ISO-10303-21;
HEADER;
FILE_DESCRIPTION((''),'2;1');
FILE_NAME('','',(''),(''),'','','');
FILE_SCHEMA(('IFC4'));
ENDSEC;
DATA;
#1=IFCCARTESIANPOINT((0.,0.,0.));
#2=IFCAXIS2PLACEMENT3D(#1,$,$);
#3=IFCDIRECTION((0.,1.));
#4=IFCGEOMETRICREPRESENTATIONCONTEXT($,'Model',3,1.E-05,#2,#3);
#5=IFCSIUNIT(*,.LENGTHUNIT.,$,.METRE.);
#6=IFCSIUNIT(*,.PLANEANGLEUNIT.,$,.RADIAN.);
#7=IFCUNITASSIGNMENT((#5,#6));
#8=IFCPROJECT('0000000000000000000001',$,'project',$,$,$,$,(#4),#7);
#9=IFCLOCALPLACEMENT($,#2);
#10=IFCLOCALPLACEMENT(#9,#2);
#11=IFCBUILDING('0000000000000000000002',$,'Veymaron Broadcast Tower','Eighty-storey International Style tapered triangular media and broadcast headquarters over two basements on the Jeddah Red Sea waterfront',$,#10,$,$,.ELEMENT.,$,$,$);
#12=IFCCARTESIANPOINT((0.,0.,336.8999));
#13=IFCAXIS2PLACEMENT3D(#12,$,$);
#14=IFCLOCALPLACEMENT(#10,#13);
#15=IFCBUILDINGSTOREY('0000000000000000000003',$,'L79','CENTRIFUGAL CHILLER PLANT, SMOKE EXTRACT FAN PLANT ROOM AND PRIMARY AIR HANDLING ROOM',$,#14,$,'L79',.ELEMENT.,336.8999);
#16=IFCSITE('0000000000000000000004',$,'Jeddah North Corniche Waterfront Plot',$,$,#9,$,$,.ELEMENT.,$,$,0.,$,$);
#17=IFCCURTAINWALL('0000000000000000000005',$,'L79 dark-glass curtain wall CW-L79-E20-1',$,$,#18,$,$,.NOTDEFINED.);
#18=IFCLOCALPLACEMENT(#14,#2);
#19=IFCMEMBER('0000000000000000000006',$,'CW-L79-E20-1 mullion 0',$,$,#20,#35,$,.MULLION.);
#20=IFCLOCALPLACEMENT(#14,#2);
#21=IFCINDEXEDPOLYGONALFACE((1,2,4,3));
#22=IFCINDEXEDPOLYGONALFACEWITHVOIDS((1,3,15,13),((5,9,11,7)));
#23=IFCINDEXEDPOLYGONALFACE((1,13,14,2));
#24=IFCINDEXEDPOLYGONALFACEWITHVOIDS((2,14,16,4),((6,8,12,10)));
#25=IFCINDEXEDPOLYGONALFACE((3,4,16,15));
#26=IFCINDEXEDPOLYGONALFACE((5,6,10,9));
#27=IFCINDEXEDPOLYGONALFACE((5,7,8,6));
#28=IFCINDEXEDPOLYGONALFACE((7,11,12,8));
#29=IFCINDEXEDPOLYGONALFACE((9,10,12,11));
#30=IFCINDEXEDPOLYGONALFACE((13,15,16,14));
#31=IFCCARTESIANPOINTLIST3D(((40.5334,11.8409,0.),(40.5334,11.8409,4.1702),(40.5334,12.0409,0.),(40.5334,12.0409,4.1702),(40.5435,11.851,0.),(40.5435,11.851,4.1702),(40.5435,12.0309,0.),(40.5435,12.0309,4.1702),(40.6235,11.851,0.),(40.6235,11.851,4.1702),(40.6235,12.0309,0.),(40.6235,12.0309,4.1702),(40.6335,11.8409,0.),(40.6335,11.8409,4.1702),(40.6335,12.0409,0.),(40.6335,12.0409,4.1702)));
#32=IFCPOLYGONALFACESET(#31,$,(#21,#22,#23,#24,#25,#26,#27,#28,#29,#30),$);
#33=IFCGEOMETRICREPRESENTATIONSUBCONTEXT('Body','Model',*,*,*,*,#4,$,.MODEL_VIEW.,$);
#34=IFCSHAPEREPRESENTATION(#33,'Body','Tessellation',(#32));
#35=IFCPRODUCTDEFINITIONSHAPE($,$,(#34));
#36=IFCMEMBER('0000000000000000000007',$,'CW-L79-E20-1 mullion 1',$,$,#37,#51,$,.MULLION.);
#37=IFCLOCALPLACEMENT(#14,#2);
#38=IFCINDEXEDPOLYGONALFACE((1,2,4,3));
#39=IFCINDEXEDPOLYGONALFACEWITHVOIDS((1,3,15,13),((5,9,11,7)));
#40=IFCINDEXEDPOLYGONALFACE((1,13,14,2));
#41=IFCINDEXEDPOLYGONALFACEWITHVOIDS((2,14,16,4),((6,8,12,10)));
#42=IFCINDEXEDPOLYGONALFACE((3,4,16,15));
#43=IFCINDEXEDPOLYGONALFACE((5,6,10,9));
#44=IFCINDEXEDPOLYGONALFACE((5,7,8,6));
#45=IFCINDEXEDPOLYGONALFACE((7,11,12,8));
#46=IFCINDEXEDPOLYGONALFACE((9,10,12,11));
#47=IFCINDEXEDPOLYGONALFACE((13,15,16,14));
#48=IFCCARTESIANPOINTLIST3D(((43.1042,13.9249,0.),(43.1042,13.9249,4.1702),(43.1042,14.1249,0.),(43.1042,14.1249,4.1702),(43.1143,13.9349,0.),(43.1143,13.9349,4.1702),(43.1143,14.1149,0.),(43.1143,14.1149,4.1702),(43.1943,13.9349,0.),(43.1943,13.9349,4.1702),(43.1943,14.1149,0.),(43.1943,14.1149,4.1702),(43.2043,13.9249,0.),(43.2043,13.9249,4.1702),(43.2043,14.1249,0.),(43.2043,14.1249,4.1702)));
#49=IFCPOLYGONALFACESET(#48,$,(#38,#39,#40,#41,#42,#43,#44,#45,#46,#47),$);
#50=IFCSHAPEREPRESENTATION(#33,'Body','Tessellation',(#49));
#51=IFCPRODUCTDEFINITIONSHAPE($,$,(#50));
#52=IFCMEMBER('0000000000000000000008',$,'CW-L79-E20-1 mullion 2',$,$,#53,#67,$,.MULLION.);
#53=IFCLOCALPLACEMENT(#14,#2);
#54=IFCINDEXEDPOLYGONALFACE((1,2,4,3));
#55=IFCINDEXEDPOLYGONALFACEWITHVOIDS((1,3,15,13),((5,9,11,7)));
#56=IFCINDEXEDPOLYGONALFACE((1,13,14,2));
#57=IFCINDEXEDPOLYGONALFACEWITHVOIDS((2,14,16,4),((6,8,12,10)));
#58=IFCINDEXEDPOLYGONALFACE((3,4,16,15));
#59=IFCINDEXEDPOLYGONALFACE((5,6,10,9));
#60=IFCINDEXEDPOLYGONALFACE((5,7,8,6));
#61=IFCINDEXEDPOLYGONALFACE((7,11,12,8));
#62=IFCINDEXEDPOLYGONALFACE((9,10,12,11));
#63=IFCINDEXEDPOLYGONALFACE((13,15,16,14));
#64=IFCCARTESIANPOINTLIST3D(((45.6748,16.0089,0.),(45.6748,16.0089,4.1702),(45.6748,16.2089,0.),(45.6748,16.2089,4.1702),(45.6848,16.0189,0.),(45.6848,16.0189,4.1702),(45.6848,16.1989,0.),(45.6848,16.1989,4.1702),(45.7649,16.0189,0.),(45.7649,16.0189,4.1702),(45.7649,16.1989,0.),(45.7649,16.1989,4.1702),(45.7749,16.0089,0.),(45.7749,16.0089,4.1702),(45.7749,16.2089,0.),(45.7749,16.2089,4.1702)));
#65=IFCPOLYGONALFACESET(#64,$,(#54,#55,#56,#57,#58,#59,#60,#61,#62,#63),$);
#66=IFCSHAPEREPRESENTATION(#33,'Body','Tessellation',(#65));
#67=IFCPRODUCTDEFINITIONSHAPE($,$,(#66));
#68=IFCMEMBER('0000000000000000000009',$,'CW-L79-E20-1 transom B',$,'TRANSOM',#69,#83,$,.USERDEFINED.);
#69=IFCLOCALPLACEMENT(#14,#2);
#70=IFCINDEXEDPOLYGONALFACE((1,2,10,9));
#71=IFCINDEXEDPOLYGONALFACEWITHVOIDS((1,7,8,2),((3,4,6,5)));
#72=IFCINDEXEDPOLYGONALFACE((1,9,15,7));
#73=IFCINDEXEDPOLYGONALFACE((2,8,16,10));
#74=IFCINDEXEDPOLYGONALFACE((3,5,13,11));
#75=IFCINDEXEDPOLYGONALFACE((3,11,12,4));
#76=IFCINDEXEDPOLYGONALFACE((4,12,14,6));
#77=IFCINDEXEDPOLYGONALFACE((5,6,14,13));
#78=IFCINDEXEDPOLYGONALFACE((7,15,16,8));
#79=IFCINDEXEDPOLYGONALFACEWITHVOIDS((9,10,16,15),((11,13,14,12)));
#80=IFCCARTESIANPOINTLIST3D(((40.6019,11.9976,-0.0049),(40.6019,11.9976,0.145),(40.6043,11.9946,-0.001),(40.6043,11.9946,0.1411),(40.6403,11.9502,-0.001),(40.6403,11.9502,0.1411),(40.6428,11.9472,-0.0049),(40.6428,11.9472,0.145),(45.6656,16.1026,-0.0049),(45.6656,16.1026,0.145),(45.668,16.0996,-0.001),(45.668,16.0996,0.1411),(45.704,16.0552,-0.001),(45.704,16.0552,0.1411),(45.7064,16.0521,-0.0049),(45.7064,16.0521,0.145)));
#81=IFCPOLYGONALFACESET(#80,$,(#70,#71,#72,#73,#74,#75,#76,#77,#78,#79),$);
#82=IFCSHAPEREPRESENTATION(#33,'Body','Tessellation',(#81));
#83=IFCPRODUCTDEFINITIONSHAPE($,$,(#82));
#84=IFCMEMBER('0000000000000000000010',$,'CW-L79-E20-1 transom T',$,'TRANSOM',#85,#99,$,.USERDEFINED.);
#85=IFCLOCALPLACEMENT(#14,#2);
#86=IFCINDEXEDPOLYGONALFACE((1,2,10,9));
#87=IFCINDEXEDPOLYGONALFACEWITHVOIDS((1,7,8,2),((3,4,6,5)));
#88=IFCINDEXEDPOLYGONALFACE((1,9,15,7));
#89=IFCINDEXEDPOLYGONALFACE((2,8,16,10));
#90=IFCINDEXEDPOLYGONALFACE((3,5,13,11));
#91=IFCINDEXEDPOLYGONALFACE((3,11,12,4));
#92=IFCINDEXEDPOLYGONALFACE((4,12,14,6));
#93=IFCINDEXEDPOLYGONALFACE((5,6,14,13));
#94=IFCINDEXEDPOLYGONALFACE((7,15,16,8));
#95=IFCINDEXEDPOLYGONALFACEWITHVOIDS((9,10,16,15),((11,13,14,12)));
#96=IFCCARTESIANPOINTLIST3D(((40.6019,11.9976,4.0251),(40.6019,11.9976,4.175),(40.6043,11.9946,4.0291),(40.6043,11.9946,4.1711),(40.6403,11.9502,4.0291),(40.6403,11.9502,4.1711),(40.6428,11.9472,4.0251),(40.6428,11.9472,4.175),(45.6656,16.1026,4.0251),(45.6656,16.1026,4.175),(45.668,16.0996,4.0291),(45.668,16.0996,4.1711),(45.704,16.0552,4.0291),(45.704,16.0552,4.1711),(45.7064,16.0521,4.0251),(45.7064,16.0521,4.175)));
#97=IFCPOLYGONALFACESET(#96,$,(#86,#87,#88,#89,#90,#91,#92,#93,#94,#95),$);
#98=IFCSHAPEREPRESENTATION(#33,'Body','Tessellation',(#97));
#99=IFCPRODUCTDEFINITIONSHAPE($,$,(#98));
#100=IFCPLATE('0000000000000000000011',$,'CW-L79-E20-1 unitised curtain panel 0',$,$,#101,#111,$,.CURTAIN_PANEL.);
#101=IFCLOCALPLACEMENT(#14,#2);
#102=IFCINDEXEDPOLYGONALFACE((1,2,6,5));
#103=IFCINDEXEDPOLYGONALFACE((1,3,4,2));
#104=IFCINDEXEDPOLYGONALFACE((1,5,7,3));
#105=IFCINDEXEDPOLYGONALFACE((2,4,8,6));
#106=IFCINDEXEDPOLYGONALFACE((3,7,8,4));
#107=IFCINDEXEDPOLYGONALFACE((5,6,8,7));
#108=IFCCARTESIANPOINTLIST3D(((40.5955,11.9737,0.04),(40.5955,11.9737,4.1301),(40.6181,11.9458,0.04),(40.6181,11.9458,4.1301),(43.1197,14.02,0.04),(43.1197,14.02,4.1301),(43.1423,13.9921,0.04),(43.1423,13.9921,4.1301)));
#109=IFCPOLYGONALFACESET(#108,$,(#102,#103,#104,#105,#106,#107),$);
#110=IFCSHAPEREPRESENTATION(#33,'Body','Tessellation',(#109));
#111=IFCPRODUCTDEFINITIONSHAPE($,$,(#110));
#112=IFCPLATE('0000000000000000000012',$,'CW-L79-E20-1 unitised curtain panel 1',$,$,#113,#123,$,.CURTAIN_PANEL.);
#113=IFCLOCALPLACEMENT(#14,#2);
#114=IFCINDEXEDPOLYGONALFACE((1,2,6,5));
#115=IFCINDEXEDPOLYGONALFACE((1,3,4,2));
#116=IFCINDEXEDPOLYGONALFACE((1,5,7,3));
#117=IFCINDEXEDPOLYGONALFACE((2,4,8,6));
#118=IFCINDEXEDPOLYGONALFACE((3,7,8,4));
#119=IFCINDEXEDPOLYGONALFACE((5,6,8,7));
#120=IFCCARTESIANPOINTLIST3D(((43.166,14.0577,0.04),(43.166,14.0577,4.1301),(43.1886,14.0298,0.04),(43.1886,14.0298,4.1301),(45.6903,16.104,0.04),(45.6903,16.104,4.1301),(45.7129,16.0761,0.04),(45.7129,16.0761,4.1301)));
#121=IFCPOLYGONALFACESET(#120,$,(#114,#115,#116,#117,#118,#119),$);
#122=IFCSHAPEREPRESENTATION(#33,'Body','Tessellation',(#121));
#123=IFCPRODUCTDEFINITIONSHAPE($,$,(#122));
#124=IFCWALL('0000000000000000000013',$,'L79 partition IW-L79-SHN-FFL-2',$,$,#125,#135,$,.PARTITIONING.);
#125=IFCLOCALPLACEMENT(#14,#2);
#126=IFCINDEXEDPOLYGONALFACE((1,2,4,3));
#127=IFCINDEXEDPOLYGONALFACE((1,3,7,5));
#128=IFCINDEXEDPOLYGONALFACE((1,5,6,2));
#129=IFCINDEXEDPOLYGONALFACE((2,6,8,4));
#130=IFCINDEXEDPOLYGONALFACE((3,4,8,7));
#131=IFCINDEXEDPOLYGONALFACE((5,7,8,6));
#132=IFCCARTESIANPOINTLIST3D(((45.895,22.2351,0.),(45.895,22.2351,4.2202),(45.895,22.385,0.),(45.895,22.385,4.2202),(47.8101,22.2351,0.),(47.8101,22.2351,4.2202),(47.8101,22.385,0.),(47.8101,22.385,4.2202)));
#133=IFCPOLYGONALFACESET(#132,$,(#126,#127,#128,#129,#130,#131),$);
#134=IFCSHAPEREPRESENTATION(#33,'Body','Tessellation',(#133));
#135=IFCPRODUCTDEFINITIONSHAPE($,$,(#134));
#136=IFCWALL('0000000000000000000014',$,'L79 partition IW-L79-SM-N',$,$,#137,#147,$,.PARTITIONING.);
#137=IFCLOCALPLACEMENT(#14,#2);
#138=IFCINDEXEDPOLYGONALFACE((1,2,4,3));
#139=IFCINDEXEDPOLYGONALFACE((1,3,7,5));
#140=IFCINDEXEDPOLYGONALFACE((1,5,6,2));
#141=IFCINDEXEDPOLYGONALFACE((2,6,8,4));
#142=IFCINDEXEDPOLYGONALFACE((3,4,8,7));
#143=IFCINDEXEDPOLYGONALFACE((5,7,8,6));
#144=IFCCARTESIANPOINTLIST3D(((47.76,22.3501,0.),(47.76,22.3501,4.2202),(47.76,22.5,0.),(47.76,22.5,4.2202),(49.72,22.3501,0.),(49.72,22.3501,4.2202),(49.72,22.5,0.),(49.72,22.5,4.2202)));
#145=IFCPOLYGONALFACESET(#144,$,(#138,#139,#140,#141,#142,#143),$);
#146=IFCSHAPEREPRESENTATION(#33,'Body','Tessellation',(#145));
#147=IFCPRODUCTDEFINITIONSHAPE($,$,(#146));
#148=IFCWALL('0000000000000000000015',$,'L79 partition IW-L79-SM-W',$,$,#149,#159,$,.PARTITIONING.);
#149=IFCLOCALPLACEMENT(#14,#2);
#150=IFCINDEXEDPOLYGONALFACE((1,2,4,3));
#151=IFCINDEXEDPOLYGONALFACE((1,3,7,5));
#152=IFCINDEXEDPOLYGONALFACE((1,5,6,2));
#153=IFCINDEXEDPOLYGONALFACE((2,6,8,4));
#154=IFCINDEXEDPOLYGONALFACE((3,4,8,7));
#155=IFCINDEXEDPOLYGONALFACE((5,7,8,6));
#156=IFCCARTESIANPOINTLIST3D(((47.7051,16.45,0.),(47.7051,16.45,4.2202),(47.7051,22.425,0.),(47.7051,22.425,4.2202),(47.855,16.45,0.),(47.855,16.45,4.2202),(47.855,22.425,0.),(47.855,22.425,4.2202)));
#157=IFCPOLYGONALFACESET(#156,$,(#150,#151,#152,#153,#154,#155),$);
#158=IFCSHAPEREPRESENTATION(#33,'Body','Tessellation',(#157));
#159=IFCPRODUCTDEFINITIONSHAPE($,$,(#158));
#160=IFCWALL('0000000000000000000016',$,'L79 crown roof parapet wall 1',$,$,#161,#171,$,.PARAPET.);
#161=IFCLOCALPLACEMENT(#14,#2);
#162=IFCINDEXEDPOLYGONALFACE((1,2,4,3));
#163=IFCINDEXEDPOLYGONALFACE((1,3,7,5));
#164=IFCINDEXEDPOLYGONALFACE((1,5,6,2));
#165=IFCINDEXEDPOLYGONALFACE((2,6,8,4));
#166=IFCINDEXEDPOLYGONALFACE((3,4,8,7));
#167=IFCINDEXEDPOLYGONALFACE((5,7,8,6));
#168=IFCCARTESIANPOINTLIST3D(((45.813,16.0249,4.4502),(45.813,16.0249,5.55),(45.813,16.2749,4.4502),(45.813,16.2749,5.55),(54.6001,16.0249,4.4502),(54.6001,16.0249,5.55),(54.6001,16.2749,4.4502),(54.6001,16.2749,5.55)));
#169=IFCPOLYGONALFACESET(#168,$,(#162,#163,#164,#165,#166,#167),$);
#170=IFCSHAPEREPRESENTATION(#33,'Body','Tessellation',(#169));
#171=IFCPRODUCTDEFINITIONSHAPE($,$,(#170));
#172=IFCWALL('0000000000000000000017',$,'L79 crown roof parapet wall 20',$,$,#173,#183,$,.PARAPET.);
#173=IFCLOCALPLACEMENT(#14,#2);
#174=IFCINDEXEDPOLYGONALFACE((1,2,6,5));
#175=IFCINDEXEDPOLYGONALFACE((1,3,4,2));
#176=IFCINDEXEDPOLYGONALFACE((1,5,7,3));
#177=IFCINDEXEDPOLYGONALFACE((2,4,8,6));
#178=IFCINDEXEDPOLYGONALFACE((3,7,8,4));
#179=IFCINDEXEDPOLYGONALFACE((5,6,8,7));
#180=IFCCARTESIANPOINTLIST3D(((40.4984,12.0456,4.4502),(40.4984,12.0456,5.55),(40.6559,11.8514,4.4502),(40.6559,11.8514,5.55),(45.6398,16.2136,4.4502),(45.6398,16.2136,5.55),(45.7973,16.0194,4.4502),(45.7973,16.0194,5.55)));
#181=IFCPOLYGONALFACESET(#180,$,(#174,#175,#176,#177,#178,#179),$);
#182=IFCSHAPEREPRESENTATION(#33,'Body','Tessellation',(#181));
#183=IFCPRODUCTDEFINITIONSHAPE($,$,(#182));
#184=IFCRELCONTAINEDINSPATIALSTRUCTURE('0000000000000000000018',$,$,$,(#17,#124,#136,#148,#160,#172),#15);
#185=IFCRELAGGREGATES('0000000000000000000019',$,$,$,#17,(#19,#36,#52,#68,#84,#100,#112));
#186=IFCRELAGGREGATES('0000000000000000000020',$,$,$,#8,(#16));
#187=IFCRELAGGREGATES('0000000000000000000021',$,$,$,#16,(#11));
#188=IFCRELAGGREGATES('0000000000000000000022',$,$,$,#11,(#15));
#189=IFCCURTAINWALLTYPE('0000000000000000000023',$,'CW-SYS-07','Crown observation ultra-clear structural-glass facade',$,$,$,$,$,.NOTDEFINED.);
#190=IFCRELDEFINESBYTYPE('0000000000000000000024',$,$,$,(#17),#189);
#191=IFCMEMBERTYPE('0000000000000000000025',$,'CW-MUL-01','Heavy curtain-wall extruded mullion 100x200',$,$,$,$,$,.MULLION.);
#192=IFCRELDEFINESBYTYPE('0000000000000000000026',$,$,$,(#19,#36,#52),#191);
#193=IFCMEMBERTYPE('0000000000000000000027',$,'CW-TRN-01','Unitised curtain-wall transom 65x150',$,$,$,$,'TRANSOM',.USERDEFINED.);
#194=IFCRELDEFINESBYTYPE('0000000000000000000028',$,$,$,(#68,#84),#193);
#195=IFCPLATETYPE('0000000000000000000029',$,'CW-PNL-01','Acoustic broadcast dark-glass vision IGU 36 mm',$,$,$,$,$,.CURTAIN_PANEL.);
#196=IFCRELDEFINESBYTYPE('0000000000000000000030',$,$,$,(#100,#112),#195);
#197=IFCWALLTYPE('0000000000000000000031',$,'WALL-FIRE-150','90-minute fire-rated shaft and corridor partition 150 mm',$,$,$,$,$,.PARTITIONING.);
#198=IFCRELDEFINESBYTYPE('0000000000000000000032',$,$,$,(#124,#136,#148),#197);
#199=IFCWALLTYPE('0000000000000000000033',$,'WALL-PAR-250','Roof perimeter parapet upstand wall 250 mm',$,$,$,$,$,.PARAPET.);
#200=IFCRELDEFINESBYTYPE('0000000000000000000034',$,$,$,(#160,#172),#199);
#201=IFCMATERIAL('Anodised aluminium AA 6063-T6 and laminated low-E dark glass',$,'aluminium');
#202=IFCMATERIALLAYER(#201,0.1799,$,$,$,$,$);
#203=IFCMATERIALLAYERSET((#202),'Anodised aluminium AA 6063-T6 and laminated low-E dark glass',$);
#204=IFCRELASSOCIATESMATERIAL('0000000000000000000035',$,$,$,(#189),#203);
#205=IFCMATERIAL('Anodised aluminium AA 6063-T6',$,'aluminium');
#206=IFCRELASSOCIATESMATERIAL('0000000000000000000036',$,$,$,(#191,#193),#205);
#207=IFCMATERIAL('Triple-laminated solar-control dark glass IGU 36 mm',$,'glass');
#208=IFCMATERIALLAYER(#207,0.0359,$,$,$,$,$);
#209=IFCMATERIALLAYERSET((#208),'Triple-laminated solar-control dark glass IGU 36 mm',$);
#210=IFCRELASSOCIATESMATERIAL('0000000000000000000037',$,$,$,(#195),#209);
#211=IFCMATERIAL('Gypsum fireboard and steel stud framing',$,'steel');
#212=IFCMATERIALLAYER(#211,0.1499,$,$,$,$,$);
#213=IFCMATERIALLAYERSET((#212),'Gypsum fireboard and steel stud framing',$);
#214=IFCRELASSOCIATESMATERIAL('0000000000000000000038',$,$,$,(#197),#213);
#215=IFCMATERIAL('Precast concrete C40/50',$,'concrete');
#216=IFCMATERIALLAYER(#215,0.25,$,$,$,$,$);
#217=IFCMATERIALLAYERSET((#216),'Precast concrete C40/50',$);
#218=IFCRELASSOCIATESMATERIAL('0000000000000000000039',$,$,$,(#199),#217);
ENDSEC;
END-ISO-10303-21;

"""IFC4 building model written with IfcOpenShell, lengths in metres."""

from ifc_helpers import new_model, si_unit, direction, frame, frame_2d, origin, origin_2d, place, context, subcontext, project, spatial, rectangle, hollow_rectangle, extrude, material, layer, layer_set, material_profile, profile_set, type_object, element, aggregate, save


model = new_model("IFC4")

# Units and contexts
model_context = context("Model", 3, precision=1e-05, world=origin(), true_north=direction((0.0, 1.0)))
body_context = subcontext(model_context, "Body", "Model", "MODEL_VIEW")
ifc_project = project(units=[si_unit("LENGTHUNIT", "METRE"), si_unit("PLANEANGLEUNIT", "RADIAN")], contexts=[model_context])

# Site, building, storey
site_placement = place(None, origin())
site = spatial("IfcSite", under=ifc_project, at=site_placement, Name="Jeddah North Corniche Waterfront Plot", CompositionType="ELEMENT", RefElevation=0.0)
building_placement = place(site_placement, origin())
building = spatial("IfcBuilding", under=site, at=building_placement, Name="Veymaron Broadcast Tower", Description="Eighty-storey International Style tapered triangular media and broadcast headquarters over two basements on the Jeddah Red Sea waterfront", CompositionType="ELEMENT")
storey_placement = place(building_placement, frame((0.0, 0.0, 336.8999)))
storey = spatial("IfcBuildingStorey", under=building, at=storey_placement, Name="L79", Description="CENTRIFUGAL CHILLER PLANT, SMOKE EXTRACT FAN PLANT ROOM AND PRIMARY AIR HANDLING ROOM", LongName="L79", CompositionType="ELEMENT", Elevation=336.8999)

# Curtain wall, members, plates
ifc_material_1 = material(Name="Anodised aluminium AA 6063-T6 and laminated low-E dark glass", Category="aluminium")
ifc_layer_1 = layer(ifc_material_1, 0.1799)
ifc_layer_set_1 = layer_set([ifc_layer_1], Name="Anodised aluminium AA 6063-T6 and laminated low-E dark glass")
curtain_wall_type = type_object("IfcCurtainWallType", Name="CW-SYS-07", Description="Crown observation ultra-clear structural-glass facade", PredefinedType="NOTDEFINED", material=ifc_layer_set_1)
curtain_wall_placement = place(storey_placement, origin())
curtain_wall = element("IfcCurtainWall", 1, at=curtain_wall_placement, inside=storey, type_object=curtain_wall_type, Name="L79 dark-glass curtain wall CW-L79-E20-1", PredefinedType="NOTDEFINED")
ifc_material_2 = material(Name="Anodised aluminium AA 6063-T6", Category="aluminium")
ifc_material_profile_1 = material_profile(ifc_material_2, hollow_rectangle(XDim=0.1001, YDim=0.2, WallThickness=0.01, at=origin_2d()), Name="RHS200X100X10")
ifc_profile_set_1 = profile_set([ifc_material_profile_1], Name="Anodised aluminium AA 6063-T6")
member_type_1 = type_object("IfcMemberType", Name="CW-MUL-01", Description="Heavy curtain-wall extruded mullion 100x200", PredefinedType="MULLION", material=ifc_profile_set_1)
member_1_placement = place(storey_placement, frame((40.5835, 11.9409, 0.0), z_axis=(0.0, 0.0, 1.0), x_axis=(1.0, 0.0, 0.0)))
member_1 = element("IfcMember", 2, at=member_1_placement, type_object=member_type_1, Name="CW-L79-E20-1 mullion 0", PredefinedType="MULLION", context=body_context, shape_type="SweptSolid", body=[
    extrude(hollow_rectangle(XDim=0.1001, YDim=0.2, WallThickness=0.01, at=origin_2d()), origin(), (0.0, 0.0, 1.0), 4.1702),
])
member_2_placement = place(storey_placement, frame((43.1543, 14.0249, 0.0), z_axis=(0.0, 0.0, 1.0), x_axis=(1.0, 0.0, 0.0)))
member_2 = element("IfcMember", 3, at=member_2_placement, type_object=member_type_1, Name="CW-L79-E20-1 mullion 1", PredefinedType="MULLION", context=body_context, shape_type="SweptSolid", body=[
    extrude(hollow_rectangle(XDim=0.1001, YDim=0.2, WallThickness=0.01, at=origin_2d()), origin(), (0.0, 0.0, 1.0), 4.1702),
])
member_3_placement = place(storey_placement, frame((45.7249, 16.1089, 0.0), z_axis=(0.0, 0.0, 1.0), x_axis=(1.0, 0.0, 0.0)))
member_3 = element("IfcMember", 4, at=member_3_placement, type_object=member_type_1, Name="CW-L79-E20-1 mullion 2", PredefinedType="MULLION", context=body_context, shape_type="SweptSolid", body=[
    extrude(hollow_rectangle(XDim=0.1001, YDim=0.2, WallThickness=0.01, at=origin_2d()), origin(), (0.0, 0.0, 1.0), 4.1702),
])
ifc_material_profile_2 = material_profile(ifc_material_2, hollow_rectangle(XDim=0.0649, YDim=0.1499, WallThickness=0.0039, at=origin_2d()), Name="AL150X65X4")
ifc_profile_set_2 = profile_set([ifc_material_profile_2], Name="Anodised aluminium AA 6063-T6")
member_type_2 = type_object("IfcMemberType", Name="CW-TRN-01", Description="Unitised curtain-wall transom 65x150", ElementType="TRANSOM", PredefinedType="USERDEFINED", material=ifc_profile_set_2)
member_4_placement = place(storey_placement, frame((40.6223, 11.9724, 0.0701), z_axis=(0.776811, 0.629734, 0.0), x_axis=(-0.629734, 0.776811, 0.0)))
member_4 = element("IfcMember", 5, at=member_4_placement, type_object=member_type_2, Name="CW-L79-E20-1 transom B", ObjectType="TRANSOM", PredefinedType="USERDEFINED", context=body_context, shape_type="SweptSolid", body=[
    extrude(hollow_rectangle(XDim=0.0649, YDim=0.1499, WallThickness=0.0039, at=origin_2d()), origin(), (0.0, 0.0, 1.0), 6.5186),
])
member_5_placement = place(storey_placement, frame((40.6223, 11.9724, 4.1001), z_axis=(0.776811, 0.629734, 0.0), x_axis=(-0.629734, 0.776811, 0.0)))
member_5 = element("IfcMember", 6, at=member_5_placement, type_object=member_type_2, Name="CW-L79-E20-1 transom T", ObjectType="TRANSOM", PredefinedType="USERDEFINED", context=body_context, shape_type="SweptSolid", body=[
    extrude(hollow_rectangle(XDim=0.0649, YDim=0.1499, WallThickness=0.0039, at=origin_2d()), origin(), (0.0, 0.0, 1.0), 6.5186),
])
ifc_material_3 = material(Name="Triple-laminated solar-control dark glass IGU 36 mm", Category="glass")
ifc_layer_2 = layer(ifc_material_3, 0.0359)
ifc_layer_set_2 = layer_set([ifc_layer_2], Name="Triple-laminated solar-control dark glass IGU 36 mm")
plate_type = type_object("IfcPlateType", Name="CW-PNL-01", Description="Acoustic broadcast dark-glass vision IGU 36 mm", PredefinedType="CURTAIN_PANEL", material=ifc_layer_set_2)
plate_1_placement = place(storey_placement, frame((41.8689, 12.9829, 0.04), z_axis=(0.0, 0.0, 1.0), x_axis=(0.776816, 0.629727, 0.0)))
plate_1 = element("IfcPlate", 7, at=plate_1_placement, type_object=plate_type, Name="CW-L79-E20-1 unitised curtain panel 0", PredefinedType="CURTAIN_PANEL", context=body_context, shape_type="SweptSolid", body=[
    extrude(rectangle(XDim=3.2495, YDim=0.0359, at=origin_2d()), origin(), (0.0, 0.0, 1.0), 4.0901),
])
plate_2_placement = place(storey_placement, frame((44.4395, 15.0669, 0.04), z_axis=(0.0, 0.0, 1.0), x_axis=(0.776816, 0.629727, 0.0)))
plate_2 = element("IfcPlate", 8, at=plate_2_placement, type_object=plate_type, Name="CW-L79-E20-1 unitised curtain panel 1", PredefinedType="CURTAIN_PANEL", context=body_context, shape_type="SweptSolid", body=[
    extrude(rectangle(XDim=3.2495, YDim=0.0359, at=origin_2d()), origin(), (0.0, 0.0, 1.0), 4.0901),
])
aggregate(curtain_wall, [member_1, member_2, member_3, member_4, member_5, plate_1, plate_2])

# Shared definitions
ifc_material_4 = material(Name="Gypsum fireboard and steel stud framing", Category="steel")
ifc_layer_3 = layer(ifc_material_4, 0.1499)
ifc_layer_set_3 = layer_set([ifc_layer_3], Name="Gypsum fireboard and steel stud framing")
wall_type_1 = type_object("IfcWallType", Name="WALL-FIRE-150", Description="90-minute fire-rated shaft and corridor partition 150 mm", PredefinedType="PARTITIONING", material=ifc_layer_set_3)

# Wall
wall_1_placement = place(storey_placement, frame((45.895, 22.3101, 0.0), z_axis=(0.0, 0.0, 1.0), x_axis=(1.0, 0.0, 0.0)))
element("IfcWall", 9, at=wall_1_placement, inside=storey, type_object=wall_type_1, Name="L79 partition IW-L79-SHN-FFL-2", PredefinedType="PARTITIONING", context=body_context, shape_type="SweptSolid", body=[
    extrude(rectangle(XDim=1.915, YDim=0.1499, at=frame_2d((0.9575, 0.0))), origin(), (0.0, 0.0, 1.0), 4.2202),
])

# Walls
wall_2_placement = place(storey_placement, frame((47.76, 22.425, 0.0), z_axis=(0.0, 0.0, 1.0), x_axis=(1.0, 0.0, 0.0)))
element("IfcWall", 10, at=wall_2_placement, inside=storey, type_object=wall_type_1, Name="L79 partition IW-L79-SM-N", PredefinedType="PARTITIONING", context=body_context, shape_type="SweptSolid", body=[
    extrude(rectangle(XDim=1.96, YDim=0.1499, at=frame_2d((0.98, 0.0))), origin(), (0.0, 0.0, 1.0), 4.2202),
])
wall_3_placement = place(storey_placement, frame((47.78, 16.45, 0.0), z_axis=(0.0, 0.0, 1.0), x_axis=(0.0, 1.0, 0.0)))
element("IfcWall", 11, at=wall_3_placement, inside=storey, type_object=wall_type_1, Name="L79 partition IW-L79-SM-W", PredefinedType="PARTITIONING", context=body_context, shape_type="SweptSolid", body=[
    extrude(rectangle(XDim=5.9751, YDim=0.1499, at=frame_2d((2.9875, 0.0))), origin(), (0.0, 0.0, 1.0), 4.2202),
])
ifc_material_5 = material(Name="Precast concrete C40/50", Category="concrete")
ifc_layer_4 = layer(ifc_material_5, 0.25)
ifc_layer_set_4 = layer_set([ifc_layer_4], Name="Precast concrete C40/50")
wall_type_2 = type_object("IfcWallType", Name="WALL-PAR-250", Description="Roof perimeter parapet upstand wall 250 mm", PredefinedType="PARAPET", material=ifc_layer_set_4)
wall_4_placement = place(storey_placement, frame((45.813, 16.1499, 4.4502), z_axis=(0.0, 0.0, 1.0), x_axis=(1.0, 0.0, 0.0)))
element("IfcWall", 12, at=wall_4_placement, inside=storey, type_object=wall_type_2, Name="L79 crown roof parapet wall 1", PredefinedType="PARAPET", context=body_context, shape_type="SweptSolid", body=[
    extrude(rectangle(XDim=8.7871, YDim=0.25, at=frame_2d((4.3936, 0.0))), origin(), (0.0, 0.0, 1.0), 1.0999),
])
wall_5_placement = place(storey_placement, frame((40.5771, 11.9485, 4.4502), z_axis=(0.0, 0.0, 1.0), x_axis=(0.776807, 0.629738, 0.0)))
element("IfcWall", 13, at=wall_5_placement, inside=storey, type_object=wall_type_2, Name="L79 crown roof parapet wall 20", PredefinedType="PARAPET", context=body_context, shape_type="SweptSolid", body=[
    extrude(rectangle(XDim=6.6187, YDim=0.25, at=frame_2d((3.3093, 0.0))), origin(), (0.0, 0.0, 1.0), 1.0999),
])

save(model, "model.ifc")
